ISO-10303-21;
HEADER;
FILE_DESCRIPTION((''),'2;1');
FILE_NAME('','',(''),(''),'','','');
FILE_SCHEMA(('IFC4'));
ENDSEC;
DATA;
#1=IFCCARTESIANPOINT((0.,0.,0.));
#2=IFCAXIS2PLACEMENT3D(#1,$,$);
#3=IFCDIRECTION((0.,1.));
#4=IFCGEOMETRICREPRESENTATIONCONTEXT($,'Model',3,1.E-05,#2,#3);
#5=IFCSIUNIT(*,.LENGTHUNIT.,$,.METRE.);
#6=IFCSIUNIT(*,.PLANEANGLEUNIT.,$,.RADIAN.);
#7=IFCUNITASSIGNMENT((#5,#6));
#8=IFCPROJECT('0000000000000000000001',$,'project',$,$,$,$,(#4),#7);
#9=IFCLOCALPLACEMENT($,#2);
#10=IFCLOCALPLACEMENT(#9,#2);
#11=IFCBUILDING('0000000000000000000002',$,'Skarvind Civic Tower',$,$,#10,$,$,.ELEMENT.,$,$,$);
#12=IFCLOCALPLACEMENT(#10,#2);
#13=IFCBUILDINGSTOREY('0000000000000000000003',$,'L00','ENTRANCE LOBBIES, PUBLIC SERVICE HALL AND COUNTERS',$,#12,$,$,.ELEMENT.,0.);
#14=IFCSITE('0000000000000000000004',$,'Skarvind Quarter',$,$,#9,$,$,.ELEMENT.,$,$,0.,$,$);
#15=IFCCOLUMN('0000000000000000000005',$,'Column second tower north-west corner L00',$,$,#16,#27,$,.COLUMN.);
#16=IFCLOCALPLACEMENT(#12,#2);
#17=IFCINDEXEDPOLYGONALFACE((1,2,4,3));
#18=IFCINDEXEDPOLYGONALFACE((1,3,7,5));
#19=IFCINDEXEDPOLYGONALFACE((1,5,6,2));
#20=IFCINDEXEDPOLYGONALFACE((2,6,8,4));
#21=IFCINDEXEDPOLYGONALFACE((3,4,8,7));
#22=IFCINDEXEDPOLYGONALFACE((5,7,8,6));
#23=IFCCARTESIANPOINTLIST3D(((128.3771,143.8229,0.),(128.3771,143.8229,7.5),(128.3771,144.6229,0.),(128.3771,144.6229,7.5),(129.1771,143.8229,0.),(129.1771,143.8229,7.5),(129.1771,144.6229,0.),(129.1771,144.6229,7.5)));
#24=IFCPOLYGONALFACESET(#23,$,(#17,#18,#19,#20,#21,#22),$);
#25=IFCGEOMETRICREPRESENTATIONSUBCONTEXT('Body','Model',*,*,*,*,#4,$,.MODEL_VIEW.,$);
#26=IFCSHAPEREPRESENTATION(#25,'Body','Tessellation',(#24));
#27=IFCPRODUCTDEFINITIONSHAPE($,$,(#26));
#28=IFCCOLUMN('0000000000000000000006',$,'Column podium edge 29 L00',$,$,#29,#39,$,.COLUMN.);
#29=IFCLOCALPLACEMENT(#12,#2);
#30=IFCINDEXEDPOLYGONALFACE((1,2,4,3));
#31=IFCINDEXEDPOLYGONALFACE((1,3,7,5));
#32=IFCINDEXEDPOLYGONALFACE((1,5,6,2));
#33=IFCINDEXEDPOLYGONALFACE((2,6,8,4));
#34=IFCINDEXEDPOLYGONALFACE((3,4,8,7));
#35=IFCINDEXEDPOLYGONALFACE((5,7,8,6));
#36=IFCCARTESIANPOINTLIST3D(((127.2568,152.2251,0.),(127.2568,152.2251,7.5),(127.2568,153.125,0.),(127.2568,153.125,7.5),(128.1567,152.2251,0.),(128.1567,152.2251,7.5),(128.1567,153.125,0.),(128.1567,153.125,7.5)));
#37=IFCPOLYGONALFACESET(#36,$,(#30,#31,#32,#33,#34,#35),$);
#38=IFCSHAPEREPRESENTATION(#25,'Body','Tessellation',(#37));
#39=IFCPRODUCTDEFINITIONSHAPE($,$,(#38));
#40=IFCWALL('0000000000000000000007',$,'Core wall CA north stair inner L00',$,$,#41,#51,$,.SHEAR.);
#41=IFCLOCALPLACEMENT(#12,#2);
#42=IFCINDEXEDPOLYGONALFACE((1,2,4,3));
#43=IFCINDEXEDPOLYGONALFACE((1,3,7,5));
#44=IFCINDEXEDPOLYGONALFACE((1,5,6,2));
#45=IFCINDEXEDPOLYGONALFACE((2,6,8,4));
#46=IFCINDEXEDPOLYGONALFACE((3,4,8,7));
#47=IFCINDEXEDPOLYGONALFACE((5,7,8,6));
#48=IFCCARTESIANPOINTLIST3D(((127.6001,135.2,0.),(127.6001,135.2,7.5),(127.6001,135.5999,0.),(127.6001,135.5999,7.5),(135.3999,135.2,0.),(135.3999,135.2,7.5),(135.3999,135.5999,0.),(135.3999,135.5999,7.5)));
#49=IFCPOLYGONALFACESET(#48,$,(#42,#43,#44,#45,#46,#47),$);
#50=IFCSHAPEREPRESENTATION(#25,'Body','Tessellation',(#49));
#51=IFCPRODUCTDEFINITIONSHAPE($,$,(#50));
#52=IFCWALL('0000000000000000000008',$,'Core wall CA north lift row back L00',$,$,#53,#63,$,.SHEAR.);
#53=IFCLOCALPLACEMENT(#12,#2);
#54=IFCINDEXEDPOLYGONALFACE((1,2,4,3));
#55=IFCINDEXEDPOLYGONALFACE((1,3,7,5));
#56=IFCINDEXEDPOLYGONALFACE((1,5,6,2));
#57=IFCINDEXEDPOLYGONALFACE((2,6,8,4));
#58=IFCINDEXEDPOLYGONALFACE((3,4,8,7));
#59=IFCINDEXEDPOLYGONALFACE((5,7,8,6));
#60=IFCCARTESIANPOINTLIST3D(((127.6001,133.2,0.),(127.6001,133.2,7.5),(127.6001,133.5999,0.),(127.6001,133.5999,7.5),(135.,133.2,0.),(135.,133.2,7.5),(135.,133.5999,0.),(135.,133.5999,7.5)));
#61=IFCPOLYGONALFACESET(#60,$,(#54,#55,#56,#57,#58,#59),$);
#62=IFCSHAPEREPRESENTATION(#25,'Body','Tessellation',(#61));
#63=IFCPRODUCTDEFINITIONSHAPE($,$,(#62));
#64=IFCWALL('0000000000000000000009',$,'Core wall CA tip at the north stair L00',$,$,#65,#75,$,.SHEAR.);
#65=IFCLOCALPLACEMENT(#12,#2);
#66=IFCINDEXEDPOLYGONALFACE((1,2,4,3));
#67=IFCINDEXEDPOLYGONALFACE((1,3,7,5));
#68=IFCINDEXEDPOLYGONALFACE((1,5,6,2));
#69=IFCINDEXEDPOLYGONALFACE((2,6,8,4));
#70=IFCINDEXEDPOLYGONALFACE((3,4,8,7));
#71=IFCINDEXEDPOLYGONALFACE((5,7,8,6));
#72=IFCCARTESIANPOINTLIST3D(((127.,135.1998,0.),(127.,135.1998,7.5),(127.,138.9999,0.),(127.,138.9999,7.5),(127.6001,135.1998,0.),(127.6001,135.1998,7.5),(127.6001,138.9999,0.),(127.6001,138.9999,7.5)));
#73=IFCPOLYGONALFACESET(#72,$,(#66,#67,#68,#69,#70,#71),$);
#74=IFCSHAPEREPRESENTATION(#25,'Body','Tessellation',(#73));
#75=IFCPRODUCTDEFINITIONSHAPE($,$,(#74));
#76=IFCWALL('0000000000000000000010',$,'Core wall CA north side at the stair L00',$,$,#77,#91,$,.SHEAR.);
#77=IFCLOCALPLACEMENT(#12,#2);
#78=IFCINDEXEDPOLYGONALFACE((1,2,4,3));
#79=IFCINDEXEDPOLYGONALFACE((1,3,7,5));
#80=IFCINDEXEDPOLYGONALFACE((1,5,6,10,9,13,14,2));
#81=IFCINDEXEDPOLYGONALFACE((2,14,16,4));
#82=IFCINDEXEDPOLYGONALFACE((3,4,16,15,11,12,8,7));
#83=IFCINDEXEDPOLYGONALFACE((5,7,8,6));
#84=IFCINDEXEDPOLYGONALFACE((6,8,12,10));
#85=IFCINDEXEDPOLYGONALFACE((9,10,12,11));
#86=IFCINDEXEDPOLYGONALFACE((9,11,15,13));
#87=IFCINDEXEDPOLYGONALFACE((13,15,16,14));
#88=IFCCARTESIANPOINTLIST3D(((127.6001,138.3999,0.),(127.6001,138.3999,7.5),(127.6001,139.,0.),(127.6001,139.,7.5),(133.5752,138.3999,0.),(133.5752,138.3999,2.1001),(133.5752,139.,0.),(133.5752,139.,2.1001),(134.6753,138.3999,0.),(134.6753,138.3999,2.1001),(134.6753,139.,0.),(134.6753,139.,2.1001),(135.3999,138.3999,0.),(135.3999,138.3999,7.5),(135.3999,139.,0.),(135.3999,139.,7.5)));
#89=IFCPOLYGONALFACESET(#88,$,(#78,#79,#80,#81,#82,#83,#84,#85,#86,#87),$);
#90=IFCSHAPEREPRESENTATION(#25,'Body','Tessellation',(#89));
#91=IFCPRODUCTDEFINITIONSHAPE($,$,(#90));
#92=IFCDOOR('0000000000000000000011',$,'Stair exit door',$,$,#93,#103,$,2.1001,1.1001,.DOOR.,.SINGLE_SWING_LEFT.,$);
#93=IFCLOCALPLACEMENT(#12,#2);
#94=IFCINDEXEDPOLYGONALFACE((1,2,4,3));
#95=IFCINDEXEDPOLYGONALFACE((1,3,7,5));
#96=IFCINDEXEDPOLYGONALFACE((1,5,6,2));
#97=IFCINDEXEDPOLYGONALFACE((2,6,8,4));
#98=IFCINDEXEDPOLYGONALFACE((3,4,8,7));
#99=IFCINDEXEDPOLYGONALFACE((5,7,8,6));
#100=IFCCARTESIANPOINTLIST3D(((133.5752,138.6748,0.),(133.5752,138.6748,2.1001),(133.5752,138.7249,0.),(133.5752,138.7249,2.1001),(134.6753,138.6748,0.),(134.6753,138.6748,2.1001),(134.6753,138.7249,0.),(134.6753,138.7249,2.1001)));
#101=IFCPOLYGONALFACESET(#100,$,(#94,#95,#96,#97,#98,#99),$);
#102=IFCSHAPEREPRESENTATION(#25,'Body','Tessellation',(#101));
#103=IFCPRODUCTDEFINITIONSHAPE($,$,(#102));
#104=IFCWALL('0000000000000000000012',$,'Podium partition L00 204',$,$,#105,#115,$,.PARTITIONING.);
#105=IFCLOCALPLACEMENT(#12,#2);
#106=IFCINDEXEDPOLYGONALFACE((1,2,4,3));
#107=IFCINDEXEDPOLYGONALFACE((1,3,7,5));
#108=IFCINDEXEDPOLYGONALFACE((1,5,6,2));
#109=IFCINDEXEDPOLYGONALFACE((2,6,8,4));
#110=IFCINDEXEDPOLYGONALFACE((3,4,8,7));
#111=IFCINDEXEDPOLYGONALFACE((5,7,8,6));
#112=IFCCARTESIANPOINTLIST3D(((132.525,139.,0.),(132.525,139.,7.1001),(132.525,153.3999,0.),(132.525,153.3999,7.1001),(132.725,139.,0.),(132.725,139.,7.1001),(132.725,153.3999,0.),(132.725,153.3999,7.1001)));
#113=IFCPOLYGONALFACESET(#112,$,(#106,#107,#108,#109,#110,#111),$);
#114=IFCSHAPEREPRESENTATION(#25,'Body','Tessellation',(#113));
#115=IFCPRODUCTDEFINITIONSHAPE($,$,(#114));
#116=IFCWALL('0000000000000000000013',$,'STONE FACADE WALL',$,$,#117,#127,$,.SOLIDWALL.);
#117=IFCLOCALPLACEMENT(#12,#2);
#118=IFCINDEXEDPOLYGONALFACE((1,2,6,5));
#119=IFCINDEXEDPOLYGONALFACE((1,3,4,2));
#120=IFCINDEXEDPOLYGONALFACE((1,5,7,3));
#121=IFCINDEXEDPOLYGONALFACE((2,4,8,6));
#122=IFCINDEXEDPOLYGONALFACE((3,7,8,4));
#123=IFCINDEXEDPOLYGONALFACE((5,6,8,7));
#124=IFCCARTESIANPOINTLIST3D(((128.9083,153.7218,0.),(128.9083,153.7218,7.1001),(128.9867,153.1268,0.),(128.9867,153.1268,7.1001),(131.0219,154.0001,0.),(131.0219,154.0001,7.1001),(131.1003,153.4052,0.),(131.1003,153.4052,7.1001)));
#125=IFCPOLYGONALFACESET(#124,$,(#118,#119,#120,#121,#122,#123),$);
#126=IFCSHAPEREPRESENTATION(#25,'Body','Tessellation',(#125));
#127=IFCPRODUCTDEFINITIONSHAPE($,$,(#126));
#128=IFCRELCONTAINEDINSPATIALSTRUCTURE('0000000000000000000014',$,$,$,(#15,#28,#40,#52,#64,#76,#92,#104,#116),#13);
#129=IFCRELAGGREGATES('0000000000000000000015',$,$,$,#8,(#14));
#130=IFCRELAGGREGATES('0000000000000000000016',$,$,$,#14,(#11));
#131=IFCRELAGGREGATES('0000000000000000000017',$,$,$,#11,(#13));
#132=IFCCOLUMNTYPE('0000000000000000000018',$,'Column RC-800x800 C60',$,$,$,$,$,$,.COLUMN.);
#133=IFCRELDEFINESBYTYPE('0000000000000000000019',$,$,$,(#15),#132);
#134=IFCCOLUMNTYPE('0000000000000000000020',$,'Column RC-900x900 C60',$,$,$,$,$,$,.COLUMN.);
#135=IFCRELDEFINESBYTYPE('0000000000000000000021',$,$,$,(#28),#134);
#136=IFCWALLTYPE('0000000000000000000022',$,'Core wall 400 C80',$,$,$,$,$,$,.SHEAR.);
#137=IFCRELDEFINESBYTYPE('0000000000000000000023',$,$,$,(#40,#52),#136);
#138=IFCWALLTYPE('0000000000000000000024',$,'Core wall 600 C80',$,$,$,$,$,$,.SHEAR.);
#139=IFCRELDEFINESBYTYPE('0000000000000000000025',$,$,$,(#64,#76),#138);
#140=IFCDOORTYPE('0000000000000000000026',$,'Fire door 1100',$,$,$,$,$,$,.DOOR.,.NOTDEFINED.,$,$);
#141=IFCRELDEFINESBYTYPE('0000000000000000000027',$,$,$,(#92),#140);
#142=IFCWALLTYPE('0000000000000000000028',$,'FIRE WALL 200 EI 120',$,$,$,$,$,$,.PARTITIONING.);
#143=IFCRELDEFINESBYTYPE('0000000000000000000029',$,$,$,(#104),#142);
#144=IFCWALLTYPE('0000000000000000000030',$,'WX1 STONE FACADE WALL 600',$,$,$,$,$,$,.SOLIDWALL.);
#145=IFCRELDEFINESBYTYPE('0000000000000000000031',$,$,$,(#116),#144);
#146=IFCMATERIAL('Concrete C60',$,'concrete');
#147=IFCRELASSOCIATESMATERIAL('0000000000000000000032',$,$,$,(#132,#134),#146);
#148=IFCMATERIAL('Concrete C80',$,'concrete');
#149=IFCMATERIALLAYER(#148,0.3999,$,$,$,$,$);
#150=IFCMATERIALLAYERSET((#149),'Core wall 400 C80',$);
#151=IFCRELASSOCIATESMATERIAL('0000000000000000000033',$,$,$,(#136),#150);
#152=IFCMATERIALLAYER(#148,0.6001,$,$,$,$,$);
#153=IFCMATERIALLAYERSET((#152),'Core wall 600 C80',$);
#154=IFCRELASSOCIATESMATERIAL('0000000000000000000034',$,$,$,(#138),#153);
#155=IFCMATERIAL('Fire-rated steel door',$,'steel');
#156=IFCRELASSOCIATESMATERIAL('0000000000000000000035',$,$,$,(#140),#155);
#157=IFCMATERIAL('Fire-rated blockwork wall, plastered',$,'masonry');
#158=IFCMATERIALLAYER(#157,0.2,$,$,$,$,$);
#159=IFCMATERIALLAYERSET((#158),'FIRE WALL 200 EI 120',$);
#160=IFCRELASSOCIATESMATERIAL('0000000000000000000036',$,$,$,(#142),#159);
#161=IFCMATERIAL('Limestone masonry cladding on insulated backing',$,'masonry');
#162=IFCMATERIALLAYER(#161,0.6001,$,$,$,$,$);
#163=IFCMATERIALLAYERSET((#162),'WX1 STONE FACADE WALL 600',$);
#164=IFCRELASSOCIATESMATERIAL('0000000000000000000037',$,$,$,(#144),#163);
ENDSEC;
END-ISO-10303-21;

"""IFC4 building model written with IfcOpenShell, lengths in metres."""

from ifc_helpers import new_model, si_unit, direction, frame, frame_2d, origin, origin_2d, place, context, subcontext, project, spatial, rectangle, extrude, material, layer, layer_set, material_profile, profile_set, type_object, element, fill, save


model = new_model("IFC4")

# Units and contexts
model_context = context("Model", 3, precision=1e-05, world=origin(), true_north=direction((0.0, 1.0)))
body_context = subcontext(model_context, "Body", "Model", "MODEL_VIEW")
ifc_project = project(units=[si_unit("LENGTHUNIT", "METRE"), si_unit("PLANEANGLEUNIT", "RADIAN")], contexts=[model_context])

# Site, building, storey
site_placement = place(None, origin())
site = spatial("IfcSite", under=ifc_project, at=site_placement, Name="Skarvind Quarter", CompositionType="ELEMENT", RefElevation=0.0)
building_placement = place(site_placement, origin())
building = spatial("IfcBuilding", under=site, at=building_placement, Name="Skarvind Civic Tower", CompositionType="ELEMENT")
storey_placement = place(building_placement, origin())
storey = spatial("IfcBuildingStorey", under=building, at=storey_placement, Name="L00", Description="ENTRANCE LOBBIES, PUBLIC SERVICE HALL AND COUNTERS", CompositionType="ELEMENT", Elevation=0.0)

# Columns
ifc_material_1 = material(Name="Concrete C60", Category="concrete")
ifc_material_profile_1 = material_profile(ifc_material_1, rectangle(XDim=0.8, YDim=0.8, at=origin_2d()), Name="RC-800x800")
ifc_profile_set_1 = profile_set([ifc_material_profile_1], Name="Concrete C60")
column_type_1 = type_object("IfcColumnType", Name="Column RC-800x800 C60", PredefinedType="COLUMN", material=ifc_profile_set_1)
column_1_placement = place(storey_placement, frame((128.7771, 144.2229, 0.0), z_axis=(0.0, 0.0, 1.0), x_axis=(1.0, 0.0, 0.0)))
element("IfcColumn", 1, at=column_1_placement, inside=storey, type_object=column_type_1, Name="Column second tower north-west corner L00", PredefinedType="COLUMN", context=body_context, shape_type="SweptSolid", body=[
    extrude(rectangle(XDim=0.8, YDim=0.8, at=origin_2d()), origin(), (0.0, 0.0, 1.0), 7.5),
])
ifc_material_profile_2 = material_profile(ifc_material_1, rectangle(XDim=0.8999, YDim=0.8999, at=origin_2d()), Name="RC-900x900")
ifc_profile_set_2 = profile_set([ifc_material_profile_2], Name="Concrete C60")
column_type_2 = type_object("IfcColumnType", Name="Column RC-900x900 C60", PredefinedType="COLUMN", material=ifc_profile_set_2)
column_2_placement = place(storey_placement, frame((127.7068, 152.675, 0.0), z_axis=(0.0, 0.0, 1.0), x_axis=(1.0, 0.0, 0.0)))
element("IfcColumn", 2, at=column_2_placement, inside=storey, type_object=column_type_2, Name="Column podium edge 29 L00", PredefinedType="COLUMN", context=body_context, shape_type="SweptSolid", body=[
    extrude(rectangle(XDim=0.8999, YDim=0.8999, at=origin_2d()), origin(), (0.0, 0.0, 1.0), 7.5),
])

# Walls
ifc_material_2 = material(Name="Concrete C80", Category="concrete")
ifc_layer_1 = layer(ifc_material_2, 0.3999)
ifc_layer_set_1 = layer_set([ifc_layer_1], Name="Core wall 400 C80")
wall_type_1 = type_object("IfcWallType", Name="Core wall 400 C80", PredefinedType="SHEAR", material=ifc_layer_set_1)
wall_1_placement = place(storey_placement, frame((127.6001, 135.3999, 0.0), z_axis=(0.0, 0.0, 1.0), x_axis=(1.0, 0.0, 0.0)))
element("IfcWall", 3, at=wall_1_placement, inside=storey, type_object=wall_type_1, Name="Core wall CA north stair inner L00", PredefinedType="SHEAR", context=body_context, shape_type="SweptSolid", body=[
    extrude(rectangle(XDim=7.7998, YDim=0.3999, at=frame_2d((3.8999, 0.0))), origin(), (0.0, 0.0, 1.0), 7.5),
])
wall_2_placement = place(storey_placement, frame((127.6001, 133.3999, 0.0), z_axis=(0.0, 0.0, 1.0), x_axis=(1.0, 0.0, 0.0)))
element("IfcWall", 4, at=wall_2_placement, inside=storey, type_object=wall_type_1, Name="Core wall CA north lift row back L00", PredefinedType="SHEAR", context=body_context, shape_type="SweptSolid", body=[
    extrude(rectangle(XDim=7.3999, YDim=0.3999, at=frame_2d((3.7, 0.0))), origin(), (0.0, 0.0, 1.0), 7.5),
])
ifc_layer_2 = layer(ifc_material_2, 0.6001)
ifc_layer_set_2 = layer_set([ifc_layer_2], Name="Core wall 600 C80")
wall_type_2 = type_object("IfcWallType", Name="Core wall 600 C80", PredefinedType="SHEAR", material=ifc_layer_set_2)
wall_3_placement = place(storey_placement, frame((127.3, 135.2, 0.0), z_axis=(0.0, 0.0, 1.0), x_axis=(0.0, 1.0, 0.0)))
element("IfcWall", 5, at=wall_3_placement, inside=storey, type_object=wall_type_2, Name="Core wall CA tip at the north stair L00", PredefinedType="SHEAR", context=body_context, shape_type="SweptSolid", body=[
    extrude(rectangle(XDim=3.8, YDim=0.6001, at=frame_2d((1.8999, 0.0))), origin(), (0.0, 0.0, 1.0), 7.5),
])

# Wall, opening, door
wall_4_placement = place(storey_placement, frame((127.6001, 138.7, 0.0), z_axis=(0.0, 0.0, 1.0), x_axis=(1.0, 0.0, 0.0)))
wall_4 = element("IfcWall", 6, at=wall_4_placement, inside=storey, type_object=wall_type_2, Name="Core wall CA north side at the stair L00", PredefinedType="SHEAR", context=body_context, shape_type="SweptSolid", body=[
    extrude(rectangle(XDim=7.7998, YDim=0.6001, at=frame_2d((3.8999, 0.0))), origin(), (0.0, 0.0, 1.0), 7.5),
])
opening_1_placement = place(wall_4_placement, frame((5.9751, 0.0, 0.0)))
opening_1 = element("IfcOpeningElement", 7, at=opening_1_placement, cuts=wall_4, PredefinedType="OPENING", context=body_context, shape_type="SweptSolid", body=[
    extrude(rectangle(XDim=1.1001, YDim=2.1001, at=frame_2d((0.55, 1.05))), frame((0.0, 0.3101, 0.0), z_axis=(0.0, -1.0, 0.0), x_axis=(1.0, 0.0, 0.0)), (0.0, 0.0, 1.0), 0.6201),
])
ifc_material_3 = material(Name="Fire-rated steel door", Category="steel")
door_type_1 = type_object("IfcDoorType", Name="Fire door 1100", OperationType="NOTDEFINED", PredefinedType="DOOR", material=ifc_material_3)
door_1_placement = place(opening_1_placement, origin())
door_1 = element("IfcDoor", 8, at=door_1_placement, inside=storey, type_object=door_type_1, Name="Stair exit door", OperationType="SINGLE_SWING_LEFT", OverallHeight=2.1001, OverallWidth=1.1001, PredefinedType="DOOR", context=body_context, shape_type="SweptSolid", body=[
    extrude(rectangle(XDim=1.1001, YDim=2.1001, at=frame_2d((0.55, 1.05))), frame((0.0, 0.0249, 0.0), z_axis=(0.0, -1.0, 0.0), x_axis=(1.0, 0.0, 0.0)), (0.0, 0.0, 1.0), 0.05),
])
fill(opening_1, door_1)

# Walls
ifc_material_4 = material(Name="Fire-rated blockwork wall, plastered", Category="masonry")
ifc_layer_3 = layer(ifc_material_4, 0.2)
ifc_layer_set_3 = layer_set([ifc_layer_3], Name="FIRE WALL 200 EI 120")
wall_type_3 = type_object("IfcWallType", Name="FIRE WALL 200 EI 120", PredefinedType="PARTITIONING", material=ifc_layer_set_3)
wall_5_placement = place(storey_placement, frame((132.625, 139.0, 0.0), z_axis=(0.0, 0.0, 1.0), x_axis=(0.0, 1.0, 0.0)))
element("IfcWall", 9, at=wall_5_placement, inside=storey, type_object=wall_type_3, Name="Podium partition L00 204", PredefinedType="PARTITIONING", context=body_context, shape_type="SweptSolid", body=[
    extrude(rectangle(XDim=14.3999, YDim=0.2, at=frame_2d((7.2, 0.0))), origin(), (0.0, 0.0, 1.0), 7.1001),
])
ifc_material_5 = material(Name="Limestone masonry cladding on insulated backing", Category="masonry")
ifc_layer_4 = layer(ifc_material_5, 0.6001)
ifc_layer_set_4 = layer_set([ifc_layer_4], Name="WX1 STONE FACADE WALL 600")
wall_type_4 = type_object("IfcWallType", Name="WX1 STONE FACADE WALL 600", PredefinedType="SOLIDWALL", material=ifc_layer_set_4)
wall_6_placement = place(storey_placement, frame((128.9475, 153.4243, 0.0), z_axis=(0.0, 0.0, 1.0), x_axis=(0.991441, 0.130558, 0.0)))
element("IfcWall", 10, at=wall_6_placement, inside=storey, type_object=wall_type_4, Name="STONE FACADE WALL", PredefinedType="SOLIDWALL", context=body_context, shape_type="SweptSolid", body=[
    extrude(rectangle(XDim=2.1318, YDim=0.6001, at=frame_2d((1.0659, 0.0))), origin(), (0.0, 0.0, 1.0), 7.1001),
])

save(model, "model.ifc")
